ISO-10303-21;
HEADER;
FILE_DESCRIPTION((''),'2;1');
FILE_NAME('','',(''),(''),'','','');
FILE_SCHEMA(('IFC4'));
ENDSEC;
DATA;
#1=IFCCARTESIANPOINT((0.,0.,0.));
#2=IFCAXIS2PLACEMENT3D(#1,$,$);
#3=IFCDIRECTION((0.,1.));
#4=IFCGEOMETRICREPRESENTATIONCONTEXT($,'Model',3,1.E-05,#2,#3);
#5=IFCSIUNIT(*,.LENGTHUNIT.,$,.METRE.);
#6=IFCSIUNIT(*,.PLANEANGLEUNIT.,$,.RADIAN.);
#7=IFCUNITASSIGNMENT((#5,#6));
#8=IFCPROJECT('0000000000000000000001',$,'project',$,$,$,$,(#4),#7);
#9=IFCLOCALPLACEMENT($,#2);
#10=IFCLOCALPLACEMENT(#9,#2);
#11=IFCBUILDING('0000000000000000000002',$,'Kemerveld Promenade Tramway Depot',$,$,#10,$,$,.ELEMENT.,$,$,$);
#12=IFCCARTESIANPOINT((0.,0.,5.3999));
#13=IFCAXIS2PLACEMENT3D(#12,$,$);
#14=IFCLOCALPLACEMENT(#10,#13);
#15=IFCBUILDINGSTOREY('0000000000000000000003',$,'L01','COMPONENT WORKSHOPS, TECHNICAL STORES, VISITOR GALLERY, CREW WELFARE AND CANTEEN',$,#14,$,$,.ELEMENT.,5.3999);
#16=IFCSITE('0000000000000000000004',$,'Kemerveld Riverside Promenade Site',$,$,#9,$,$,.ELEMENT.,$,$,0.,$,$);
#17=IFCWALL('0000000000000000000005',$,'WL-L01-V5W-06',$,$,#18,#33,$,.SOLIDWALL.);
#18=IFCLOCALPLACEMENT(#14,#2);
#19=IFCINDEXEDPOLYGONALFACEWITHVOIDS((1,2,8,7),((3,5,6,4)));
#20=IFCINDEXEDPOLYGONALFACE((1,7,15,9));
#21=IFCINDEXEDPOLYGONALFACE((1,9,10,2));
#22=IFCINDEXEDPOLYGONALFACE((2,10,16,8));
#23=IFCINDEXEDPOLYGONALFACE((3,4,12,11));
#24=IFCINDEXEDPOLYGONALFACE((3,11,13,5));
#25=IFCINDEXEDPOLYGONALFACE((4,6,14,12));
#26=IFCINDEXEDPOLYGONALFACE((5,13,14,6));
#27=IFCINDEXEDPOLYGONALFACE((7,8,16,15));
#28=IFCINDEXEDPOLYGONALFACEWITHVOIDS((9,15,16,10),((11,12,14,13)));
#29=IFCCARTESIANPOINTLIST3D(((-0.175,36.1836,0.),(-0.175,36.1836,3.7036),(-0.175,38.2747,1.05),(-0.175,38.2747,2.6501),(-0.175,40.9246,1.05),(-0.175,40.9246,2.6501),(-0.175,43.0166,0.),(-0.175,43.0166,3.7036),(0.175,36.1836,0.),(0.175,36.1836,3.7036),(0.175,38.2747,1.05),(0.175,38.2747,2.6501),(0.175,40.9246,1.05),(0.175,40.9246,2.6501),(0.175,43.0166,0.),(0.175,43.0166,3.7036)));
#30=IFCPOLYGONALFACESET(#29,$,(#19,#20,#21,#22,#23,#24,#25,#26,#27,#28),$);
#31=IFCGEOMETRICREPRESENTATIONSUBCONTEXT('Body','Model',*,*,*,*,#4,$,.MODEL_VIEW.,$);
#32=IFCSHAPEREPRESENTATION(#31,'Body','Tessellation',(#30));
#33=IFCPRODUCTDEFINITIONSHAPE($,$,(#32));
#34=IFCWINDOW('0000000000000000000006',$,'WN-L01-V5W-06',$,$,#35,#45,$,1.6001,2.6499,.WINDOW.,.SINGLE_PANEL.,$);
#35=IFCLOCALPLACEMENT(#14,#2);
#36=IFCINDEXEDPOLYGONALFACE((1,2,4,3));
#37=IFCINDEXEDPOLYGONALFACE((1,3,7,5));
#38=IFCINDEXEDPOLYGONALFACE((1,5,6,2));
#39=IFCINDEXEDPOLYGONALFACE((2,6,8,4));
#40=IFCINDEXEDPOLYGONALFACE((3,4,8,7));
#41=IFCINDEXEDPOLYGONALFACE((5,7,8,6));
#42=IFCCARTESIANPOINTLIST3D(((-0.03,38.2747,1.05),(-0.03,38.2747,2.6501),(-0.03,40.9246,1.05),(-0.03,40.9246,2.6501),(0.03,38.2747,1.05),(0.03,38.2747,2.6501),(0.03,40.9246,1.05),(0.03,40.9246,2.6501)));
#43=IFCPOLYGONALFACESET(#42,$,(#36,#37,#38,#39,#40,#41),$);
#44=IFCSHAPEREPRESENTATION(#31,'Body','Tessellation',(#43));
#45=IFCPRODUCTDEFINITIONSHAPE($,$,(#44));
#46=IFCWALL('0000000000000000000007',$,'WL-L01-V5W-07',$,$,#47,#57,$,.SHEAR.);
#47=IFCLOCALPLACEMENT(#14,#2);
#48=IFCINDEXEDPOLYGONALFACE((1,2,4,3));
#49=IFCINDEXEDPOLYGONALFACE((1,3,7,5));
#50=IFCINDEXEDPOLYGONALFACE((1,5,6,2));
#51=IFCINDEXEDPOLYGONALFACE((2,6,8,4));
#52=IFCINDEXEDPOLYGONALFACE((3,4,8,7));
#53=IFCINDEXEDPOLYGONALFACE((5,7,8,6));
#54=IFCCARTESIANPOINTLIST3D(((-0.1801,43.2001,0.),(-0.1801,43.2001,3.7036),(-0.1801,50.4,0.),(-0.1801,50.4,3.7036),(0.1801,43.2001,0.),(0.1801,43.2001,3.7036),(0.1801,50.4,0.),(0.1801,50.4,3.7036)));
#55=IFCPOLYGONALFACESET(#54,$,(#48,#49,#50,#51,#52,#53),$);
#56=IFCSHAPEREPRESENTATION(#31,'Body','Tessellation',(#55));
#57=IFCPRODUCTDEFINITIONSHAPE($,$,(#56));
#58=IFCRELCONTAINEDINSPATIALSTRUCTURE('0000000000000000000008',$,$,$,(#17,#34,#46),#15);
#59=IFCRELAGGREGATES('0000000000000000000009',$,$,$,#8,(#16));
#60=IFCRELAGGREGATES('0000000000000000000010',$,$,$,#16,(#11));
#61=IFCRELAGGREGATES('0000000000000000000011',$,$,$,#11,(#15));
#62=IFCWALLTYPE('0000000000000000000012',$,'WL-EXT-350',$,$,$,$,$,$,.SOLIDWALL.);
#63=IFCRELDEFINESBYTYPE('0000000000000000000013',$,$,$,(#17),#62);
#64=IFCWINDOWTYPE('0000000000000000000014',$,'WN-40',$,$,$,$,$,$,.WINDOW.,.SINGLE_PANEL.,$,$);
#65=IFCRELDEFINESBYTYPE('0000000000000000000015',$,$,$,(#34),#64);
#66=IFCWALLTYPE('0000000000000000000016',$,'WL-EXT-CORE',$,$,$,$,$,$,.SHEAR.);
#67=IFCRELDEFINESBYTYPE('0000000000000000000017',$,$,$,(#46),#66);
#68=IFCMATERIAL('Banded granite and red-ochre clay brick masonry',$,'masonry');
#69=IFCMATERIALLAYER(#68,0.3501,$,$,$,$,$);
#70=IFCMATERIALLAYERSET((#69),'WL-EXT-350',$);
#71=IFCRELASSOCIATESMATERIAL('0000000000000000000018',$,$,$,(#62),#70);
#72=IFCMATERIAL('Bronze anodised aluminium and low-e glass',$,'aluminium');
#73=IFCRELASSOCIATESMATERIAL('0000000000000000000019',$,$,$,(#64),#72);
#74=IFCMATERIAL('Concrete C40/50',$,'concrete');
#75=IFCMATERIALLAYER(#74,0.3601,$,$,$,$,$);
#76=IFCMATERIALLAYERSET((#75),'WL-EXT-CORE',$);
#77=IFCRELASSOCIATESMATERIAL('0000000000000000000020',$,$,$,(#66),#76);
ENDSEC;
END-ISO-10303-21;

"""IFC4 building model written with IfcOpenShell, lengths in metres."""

from ifc_helpers import new_model, si_unit, direction, frame, frame_2d, origin, place, context, subcontext, project, spatial, rectangle, extrude, material, layer, layer_set, type_object, element, fill, save


model = new_model("IFC4")

# Units and contexts
model_context = context("Model", 3, precision=1e-05, world=origin(), true_north=direction((0.0, 1.0)))
body_context = subcontext(model_context, "Body", "Model", "MODEL_VIEW")
ifc_project = project(units=[si_unit("LENGTHUNIT", "METRE"), si_unit("PLANEANGLEUNIT", "RADIAN")], contexts=[model_context])

# Site, building, storey
site_placement = place(None, origin())
site = spatial("IfcSite", under=ifc_project, at=site_placement, Name="Kemerveld Riverside Promenade Site", CompositionType="ELEMENT", RefElevation=0.0)
building_placement = place(site_placement, origin())
building = spatial("IfcBuilding", under=site, at=building_placement, Name="Kemerveld Promenade Tramway Depot", CompositionType="ELEMENT")
storey_placement = place(building_placement, frame((0.0, 0.0, 5.3999)))
storey = spatial("IfcBuildingStorey", under=building, at=storey_placement, Name="L01", Description="COMPONENT WORKSHOPS, TECHNICAL STORES, VISITOR GALLERY, CREW WELFARE AND CANTEEN", CompositionType="ELEMENT", Elevation=5.3999)

# Shared definitions
ifc_material_1 = material(Name="Concrete C40/50", Category="concrete")

# Wall, opening, window
ifc_material_2 = material(Name="Banded granite and red-ochre clay brick masonry", Category="masonry")
ifc_layer_1 = layer(ifc_material_2, 0.3501)
ifc_layer_set_1 = layer_set([ifc_layer_1], Name="WL-EXT-350")
wall_type_1 = type_object("IfcWallType", Name="WL-EXT-350", PredefinedType="SOLIDWALL", material=ifc_layer_set_1)
wall_1_placement = place(storey_placement, frame((0.0, 36.1836, 0.0), z_axis=(0.0, 0.0, 1.0), x_axis=(0.0, 1.0, 0.0)))
wall_1 = element("IfcWall", 1, at=wall_1_placement, inside=storey, type_object=wall_type_1, Name="WL-L01-V5W-06", PredefinedType="SOLIDWALL", context=body_context, shape_type="SweptSolid", body=[
    extrude(rectangle(XDim=6.833, YDim=0.3501, at=frame_2d((3.4165, 0.0))), origin(), (0.0, 0.0, 1.0), 3.7036),
])
opening_placement = place(wall_1_placement, frame((2.0911, 0.0, 1.05)))
opening = element("IfcOpeningElement", 2, at=opening_placement, cuts=wall_1, PredefinedType="OPENING", context=body_context, shape_type="SweptSolid", body=[
    extrude(rectangle(XDim=2.6499, YDim=1.6001, at=frame_2d((1.325, 0.8))), frame((0.0, 0.1851, 0.0), z_axis=(0.0, -1.0, 0.0), x_axis=(1.0, 0.0, 0.0)), (0.0, 0.0, 1.0), 0.3701),
])
ifc_material_3 = material(Name="Bronze anodised aluminium and low-e glass", Category="aluminium")
window_type = type_object("IfcWindowType", Name="WN-40", PartitioningType="SINGLE_PANEL", PredefinedType="WINDOW", material=ifc_material_3)
window_placement = place(opening_placement, origin())
window = element("IfcWindow", 3, at=window_placement, inside=storey, type_object=window_type, Name="WN-L01-V5W-06", OverallHeight=1.6001, OverallWidth=2.6499, PartitioningType="SINGLE_PANEL", PredefinedType="WINDOW", context=body_context, shape_type="SweptSolid", body=[
    extrude(rectangle(XDim=2.6499, YDim=1.6001, at=frame_2d((1.325, 0.8))), frame((0.0, 0.03, 0.0), z_axis=(0.0, -1.0, 0.0), x_axis=(1.0, 0.0, 0.0)), (0.0, 0.0, 1.0), 0.0601),
])
fill(opening, window)

# Wall
ifc_layer_2 = layer(ifc_material_1, 0.3601)
ifc_layer_set_2 = layer_set([ifc_layer_2], Name="WL-EXT-CORE")
wall_type_2 = type_object("IfcWallType", Name="WL-EXT-CORE", PredefinedType="SHEAR", material=ifc_layer_set_2)
wall_2_placement = place(storey_placement, frame((0.0, 43.2, 0.0), z_axis=(0.0, 0.0, 1.0), x_axis=(0.0, 1.0, 0.0)))
element("IfcWall", 4, at=wall_2_placement, inside=storey, type_object=wall_type_2, Name="WL-L01-V5W-07", PredefinedType="SHEAR", context=body_context, shape_type="SweptSolid", body=[
    extrude(rectangle(XDim=7.2, YDim=0.3601, at=frame_2d((3.6001, 0.0))), origin(), (0.0, 0.0, 1.0), 3.7036),
])

save(model, "model.ifc")
